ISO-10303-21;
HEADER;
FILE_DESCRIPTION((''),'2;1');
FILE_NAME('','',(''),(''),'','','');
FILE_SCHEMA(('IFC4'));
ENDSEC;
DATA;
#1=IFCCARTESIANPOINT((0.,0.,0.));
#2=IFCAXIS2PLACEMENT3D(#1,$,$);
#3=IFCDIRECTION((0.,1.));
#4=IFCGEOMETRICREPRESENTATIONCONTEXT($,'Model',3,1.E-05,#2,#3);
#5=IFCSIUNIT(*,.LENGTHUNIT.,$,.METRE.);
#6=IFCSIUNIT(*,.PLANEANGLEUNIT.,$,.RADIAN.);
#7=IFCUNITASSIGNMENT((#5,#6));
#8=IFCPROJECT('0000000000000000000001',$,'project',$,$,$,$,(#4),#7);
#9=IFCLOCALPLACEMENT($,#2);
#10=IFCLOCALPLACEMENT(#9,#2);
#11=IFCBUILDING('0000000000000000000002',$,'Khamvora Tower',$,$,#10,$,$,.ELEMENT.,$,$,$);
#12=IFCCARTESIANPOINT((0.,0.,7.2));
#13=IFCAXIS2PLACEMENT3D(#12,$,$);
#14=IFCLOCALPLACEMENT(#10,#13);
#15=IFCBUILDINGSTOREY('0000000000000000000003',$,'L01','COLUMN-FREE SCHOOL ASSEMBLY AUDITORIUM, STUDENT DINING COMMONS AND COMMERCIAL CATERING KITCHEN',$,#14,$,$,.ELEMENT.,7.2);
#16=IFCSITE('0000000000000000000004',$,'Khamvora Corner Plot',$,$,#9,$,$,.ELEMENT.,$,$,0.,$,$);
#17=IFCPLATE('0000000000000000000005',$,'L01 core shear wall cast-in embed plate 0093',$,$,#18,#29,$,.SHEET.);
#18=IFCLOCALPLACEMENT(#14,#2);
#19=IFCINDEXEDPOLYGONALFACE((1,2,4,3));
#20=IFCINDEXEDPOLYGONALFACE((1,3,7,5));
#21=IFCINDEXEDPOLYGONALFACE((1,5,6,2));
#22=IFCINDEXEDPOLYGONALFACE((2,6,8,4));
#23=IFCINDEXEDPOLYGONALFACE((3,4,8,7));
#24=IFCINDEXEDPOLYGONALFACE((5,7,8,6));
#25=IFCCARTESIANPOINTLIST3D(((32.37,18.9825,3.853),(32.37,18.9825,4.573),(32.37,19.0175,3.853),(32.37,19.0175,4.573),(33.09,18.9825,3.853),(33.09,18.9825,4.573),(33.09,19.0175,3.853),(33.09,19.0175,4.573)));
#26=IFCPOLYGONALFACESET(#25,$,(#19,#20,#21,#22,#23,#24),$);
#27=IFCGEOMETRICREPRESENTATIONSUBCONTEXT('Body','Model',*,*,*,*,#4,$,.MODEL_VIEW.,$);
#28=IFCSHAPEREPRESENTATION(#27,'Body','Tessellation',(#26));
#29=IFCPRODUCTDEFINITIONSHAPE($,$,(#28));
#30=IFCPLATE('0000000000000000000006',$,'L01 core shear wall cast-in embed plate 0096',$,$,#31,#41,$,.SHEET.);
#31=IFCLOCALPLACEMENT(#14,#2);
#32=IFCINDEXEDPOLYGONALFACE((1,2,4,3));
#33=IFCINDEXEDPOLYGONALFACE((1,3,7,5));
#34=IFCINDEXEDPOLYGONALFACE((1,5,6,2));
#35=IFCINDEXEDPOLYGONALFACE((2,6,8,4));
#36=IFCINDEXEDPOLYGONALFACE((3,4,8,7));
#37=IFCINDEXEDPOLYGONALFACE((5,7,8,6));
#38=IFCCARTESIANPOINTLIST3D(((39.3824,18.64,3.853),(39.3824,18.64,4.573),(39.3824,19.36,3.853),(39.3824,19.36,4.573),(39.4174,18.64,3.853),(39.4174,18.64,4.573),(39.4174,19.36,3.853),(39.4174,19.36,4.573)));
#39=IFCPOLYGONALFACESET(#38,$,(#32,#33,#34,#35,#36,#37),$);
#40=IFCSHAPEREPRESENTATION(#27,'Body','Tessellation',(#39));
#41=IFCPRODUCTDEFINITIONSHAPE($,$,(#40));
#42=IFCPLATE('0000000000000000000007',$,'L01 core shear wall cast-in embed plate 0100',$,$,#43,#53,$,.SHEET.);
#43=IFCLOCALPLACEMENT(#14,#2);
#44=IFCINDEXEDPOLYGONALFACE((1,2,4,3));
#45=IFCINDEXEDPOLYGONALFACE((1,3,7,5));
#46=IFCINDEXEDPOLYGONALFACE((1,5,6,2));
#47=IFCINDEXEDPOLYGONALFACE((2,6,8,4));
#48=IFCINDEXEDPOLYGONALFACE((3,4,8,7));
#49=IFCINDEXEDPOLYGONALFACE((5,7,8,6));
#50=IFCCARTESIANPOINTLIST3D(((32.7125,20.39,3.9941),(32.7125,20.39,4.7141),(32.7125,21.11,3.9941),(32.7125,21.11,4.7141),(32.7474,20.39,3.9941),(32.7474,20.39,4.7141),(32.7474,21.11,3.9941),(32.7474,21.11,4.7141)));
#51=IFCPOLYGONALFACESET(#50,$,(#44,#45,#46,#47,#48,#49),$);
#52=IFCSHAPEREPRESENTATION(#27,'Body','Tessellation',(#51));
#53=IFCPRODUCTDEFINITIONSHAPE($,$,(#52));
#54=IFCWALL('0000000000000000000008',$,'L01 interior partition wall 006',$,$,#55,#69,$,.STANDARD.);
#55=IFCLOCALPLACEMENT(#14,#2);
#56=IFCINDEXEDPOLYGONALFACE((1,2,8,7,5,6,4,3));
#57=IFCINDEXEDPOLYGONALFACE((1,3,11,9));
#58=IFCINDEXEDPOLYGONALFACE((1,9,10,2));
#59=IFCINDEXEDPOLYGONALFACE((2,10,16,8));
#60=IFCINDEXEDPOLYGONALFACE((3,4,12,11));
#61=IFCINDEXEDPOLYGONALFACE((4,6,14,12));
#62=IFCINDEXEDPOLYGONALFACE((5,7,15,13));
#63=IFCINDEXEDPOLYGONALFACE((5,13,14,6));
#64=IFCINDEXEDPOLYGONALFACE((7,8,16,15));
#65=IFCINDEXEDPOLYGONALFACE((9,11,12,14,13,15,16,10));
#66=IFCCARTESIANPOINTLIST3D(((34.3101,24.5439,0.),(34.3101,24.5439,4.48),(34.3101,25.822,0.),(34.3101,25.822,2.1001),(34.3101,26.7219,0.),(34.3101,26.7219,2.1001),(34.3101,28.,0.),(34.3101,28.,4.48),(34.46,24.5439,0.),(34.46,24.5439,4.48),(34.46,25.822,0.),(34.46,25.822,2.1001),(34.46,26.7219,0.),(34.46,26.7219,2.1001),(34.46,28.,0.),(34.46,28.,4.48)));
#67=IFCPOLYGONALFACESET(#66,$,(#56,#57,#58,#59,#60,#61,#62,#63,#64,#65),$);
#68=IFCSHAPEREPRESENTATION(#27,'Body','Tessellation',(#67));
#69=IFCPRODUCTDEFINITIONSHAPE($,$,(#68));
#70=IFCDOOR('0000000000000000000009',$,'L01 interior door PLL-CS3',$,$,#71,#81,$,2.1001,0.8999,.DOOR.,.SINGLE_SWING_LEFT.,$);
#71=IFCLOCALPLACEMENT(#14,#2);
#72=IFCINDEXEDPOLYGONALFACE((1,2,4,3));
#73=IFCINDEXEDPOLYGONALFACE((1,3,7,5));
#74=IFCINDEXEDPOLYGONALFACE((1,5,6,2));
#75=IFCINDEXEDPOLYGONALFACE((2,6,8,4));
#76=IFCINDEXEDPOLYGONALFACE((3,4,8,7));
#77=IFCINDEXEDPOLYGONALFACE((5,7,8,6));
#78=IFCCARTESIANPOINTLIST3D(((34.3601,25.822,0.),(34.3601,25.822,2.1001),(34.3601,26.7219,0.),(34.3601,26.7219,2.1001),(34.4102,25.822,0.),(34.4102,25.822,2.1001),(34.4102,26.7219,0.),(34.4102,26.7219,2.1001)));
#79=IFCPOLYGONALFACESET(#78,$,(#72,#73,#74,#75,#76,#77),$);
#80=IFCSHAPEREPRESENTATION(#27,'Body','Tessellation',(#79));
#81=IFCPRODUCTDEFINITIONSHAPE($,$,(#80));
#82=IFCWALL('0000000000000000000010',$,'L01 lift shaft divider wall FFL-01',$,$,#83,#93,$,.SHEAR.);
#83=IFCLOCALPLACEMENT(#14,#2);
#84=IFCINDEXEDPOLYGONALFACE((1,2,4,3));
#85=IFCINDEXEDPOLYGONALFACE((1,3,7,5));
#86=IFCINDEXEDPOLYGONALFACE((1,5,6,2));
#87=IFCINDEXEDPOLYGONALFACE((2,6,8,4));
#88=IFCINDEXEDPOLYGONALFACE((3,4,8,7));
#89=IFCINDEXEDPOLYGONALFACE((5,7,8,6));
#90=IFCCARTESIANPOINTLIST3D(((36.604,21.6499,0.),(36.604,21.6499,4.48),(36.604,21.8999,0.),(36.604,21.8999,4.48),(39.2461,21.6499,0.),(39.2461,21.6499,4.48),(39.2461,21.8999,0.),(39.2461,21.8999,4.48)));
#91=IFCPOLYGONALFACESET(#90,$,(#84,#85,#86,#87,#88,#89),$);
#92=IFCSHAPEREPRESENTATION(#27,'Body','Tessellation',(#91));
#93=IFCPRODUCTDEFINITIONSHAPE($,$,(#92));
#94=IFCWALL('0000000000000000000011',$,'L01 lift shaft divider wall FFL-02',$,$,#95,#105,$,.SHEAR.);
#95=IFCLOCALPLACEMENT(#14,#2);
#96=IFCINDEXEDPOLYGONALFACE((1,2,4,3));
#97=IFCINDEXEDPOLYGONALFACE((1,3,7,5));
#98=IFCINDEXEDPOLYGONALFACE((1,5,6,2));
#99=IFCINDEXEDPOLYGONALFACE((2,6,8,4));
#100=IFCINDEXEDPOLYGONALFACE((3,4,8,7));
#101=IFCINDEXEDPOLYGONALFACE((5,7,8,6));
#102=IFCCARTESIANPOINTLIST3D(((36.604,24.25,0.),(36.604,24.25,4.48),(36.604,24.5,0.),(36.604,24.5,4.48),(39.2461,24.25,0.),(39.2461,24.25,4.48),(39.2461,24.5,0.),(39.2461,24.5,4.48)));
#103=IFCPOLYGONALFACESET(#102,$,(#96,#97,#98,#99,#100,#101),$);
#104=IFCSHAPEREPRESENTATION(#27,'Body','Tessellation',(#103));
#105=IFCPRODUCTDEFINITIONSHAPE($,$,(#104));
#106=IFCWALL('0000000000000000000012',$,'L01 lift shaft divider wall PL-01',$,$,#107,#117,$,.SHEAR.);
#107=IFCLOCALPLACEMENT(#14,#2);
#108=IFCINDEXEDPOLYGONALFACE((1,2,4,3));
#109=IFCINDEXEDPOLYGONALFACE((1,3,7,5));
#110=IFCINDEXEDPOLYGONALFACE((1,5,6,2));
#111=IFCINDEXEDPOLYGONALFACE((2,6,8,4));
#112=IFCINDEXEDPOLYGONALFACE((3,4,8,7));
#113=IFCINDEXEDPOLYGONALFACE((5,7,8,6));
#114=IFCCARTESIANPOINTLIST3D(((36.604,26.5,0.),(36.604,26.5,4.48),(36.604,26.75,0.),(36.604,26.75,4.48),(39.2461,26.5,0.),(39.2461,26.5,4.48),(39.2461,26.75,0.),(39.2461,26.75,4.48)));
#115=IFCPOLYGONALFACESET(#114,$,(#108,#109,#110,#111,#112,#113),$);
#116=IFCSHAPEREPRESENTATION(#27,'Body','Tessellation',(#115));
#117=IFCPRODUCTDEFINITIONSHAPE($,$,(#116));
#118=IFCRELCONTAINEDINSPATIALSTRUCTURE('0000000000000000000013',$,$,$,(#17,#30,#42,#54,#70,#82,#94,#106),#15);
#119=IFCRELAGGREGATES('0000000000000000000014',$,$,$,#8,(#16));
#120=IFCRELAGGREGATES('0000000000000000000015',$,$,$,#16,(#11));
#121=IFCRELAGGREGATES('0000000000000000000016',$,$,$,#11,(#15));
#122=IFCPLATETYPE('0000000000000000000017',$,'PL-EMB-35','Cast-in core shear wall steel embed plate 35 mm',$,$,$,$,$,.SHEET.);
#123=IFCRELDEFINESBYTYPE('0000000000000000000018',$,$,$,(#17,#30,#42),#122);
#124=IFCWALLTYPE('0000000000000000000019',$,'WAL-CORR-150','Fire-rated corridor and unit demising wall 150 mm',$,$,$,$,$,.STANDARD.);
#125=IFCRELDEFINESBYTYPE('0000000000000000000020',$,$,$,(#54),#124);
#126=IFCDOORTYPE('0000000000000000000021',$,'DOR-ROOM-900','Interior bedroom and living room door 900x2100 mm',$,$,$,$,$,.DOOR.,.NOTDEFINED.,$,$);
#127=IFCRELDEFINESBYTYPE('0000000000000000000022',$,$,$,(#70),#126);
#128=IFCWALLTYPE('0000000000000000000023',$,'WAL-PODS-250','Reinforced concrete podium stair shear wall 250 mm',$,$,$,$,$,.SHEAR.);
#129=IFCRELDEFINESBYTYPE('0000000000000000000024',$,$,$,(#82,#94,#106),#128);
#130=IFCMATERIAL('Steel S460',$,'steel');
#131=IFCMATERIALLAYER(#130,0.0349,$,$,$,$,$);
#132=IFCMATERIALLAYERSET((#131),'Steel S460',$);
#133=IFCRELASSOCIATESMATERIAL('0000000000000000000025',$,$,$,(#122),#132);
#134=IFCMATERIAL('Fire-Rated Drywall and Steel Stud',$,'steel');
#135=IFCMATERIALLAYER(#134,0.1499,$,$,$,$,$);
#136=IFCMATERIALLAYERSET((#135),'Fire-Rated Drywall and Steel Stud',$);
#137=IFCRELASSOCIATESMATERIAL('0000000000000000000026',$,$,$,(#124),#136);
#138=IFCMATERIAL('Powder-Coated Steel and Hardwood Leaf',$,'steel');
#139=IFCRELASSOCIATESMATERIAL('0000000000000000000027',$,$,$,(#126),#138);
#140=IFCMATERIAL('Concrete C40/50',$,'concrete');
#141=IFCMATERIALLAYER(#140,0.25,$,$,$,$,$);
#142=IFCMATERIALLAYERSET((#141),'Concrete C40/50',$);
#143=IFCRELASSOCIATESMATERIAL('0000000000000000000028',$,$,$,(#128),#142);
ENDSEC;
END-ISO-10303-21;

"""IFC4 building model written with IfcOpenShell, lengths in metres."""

from ifc_helpers import new_model, si_unit, direction, frame, frame_2d, origin, origin_2d, place, context, subcontext, project, spatial, rectangle, extrude, material, layer, layer_set, type_object, element, fill, save


model = new_model("IFC4")

# Units and contexts
model_context = context("Model", 3, precision=1e-05, world=origin(), true_north=direction((0.0, 1.0)))
body_context = subcontext(model_context, "Body", "Model", "MODEL_VIEW")
ifc_project = project(units=[si_unit("LENGTHUNIT", "METRE"), si_unit("PLANEANGLEUNIT", "RADIAN")], contexts=[model_context])

# Site, building, storey
site_placement = place(None, origin())
site = spatial("IfcSite", under=ifc_project, at=site_placement, Name="Khamvora Corner Plot", CompositionType="ELEMENT", RefElevation=0.0)
building_placement = place(site_placement, origin())
building = spatial("IfcBuilding", under=site, at=building_placement, Name="Khamvora Tower", CompositionType="ELEMENT")
storey_placement = place(building_placement, frame((0.0, 0.0, 7.2)))
storey = spatial("IfcBuildingStorey", under=building, at=storey_placement, Name="L01", Description="COLUMN-FREE SCHOOL ASSEMBLY AUDITORIUM, STUDENT DINING COMMONS AND COMMERCIAL CATERING KITCHEN", CompositionType="ELEMENT", Elevation=7.2)

# Shared definitions
ifc_material_1 = material(Name="Steel S460", Category="steel")

# Plates
ifc_layer_1 = layer(ifc_material_1, 0.0349)
ifc_layer_set_1 = layer_set([ifc_layer_1], Name="Steel S460")
plate_type = type_object("IfcPlateType", Name="PL-EMB-35", Description="Cast-in core shear wall steel embed plate 35 mm", PredefinedType="SHEET", material=ifc_layer_set_1)
plate_1_placement = place(storey_placement, frame((32.73, 19.0, 3.853), z_axis=(0.0, 0.0, 1.0), x_axis=(1.0, 0.0, 0.0)))
element("IfcPlate", 1, at=plate_1_placement, inside=storey, type_object=plate_type, Name="L01 core shear wall cast-in embed plate 0093", PredefinedType="SHEET", context=body_context, shape_type="SweptSolid", body=[
    extrude(rectangle(XDim=0.72, YDim=0.0349, at=origin_2d()), origin(), (0.0, 0.0, 1.0), 0.72),
])
for number, where, z_axis, x_axis, name in (
    (2, (39.3999, 19.0, 3.853), (0.0, 0.0, 1.0), (1.0, 0.0, 0.0), "L01 core shear wall cast-in embed plate 0096"),
    (3, (32.73, 20.75, 3.9941), (0.0, 0.0, 1.0), (1.0, 0.0, 0.0), "L01 core shear wall cast-in embed plate 0100"),
):
    element("IfcPlate", number, at=place(storey_placement, frame(where, z_axis=z_axis, x_axis=x_axis)), inside=storey, type_object=plate_type, Name=name, PredefinedType="SHEET", context=body_context, shape_type="SweptSolid", body=[
        extrude(rectangle(XDim=0.0349, YDim=0.72, at=origin_2d()), origin(), (0.0, 0.0, 1.0), 0.72),
    ])

# Shared definitions
ifc_material_2 = material(Name="Powder-Coated Steel and Hardwood Leaf", Category="steel")

# Wall, opening, door
ifc_material_3 = material(Name="Fire-Rated Drywall and Steel Stud", Category="steel")
ifc_layer_2 = layer(ifc_material_3, 0.1499)
ifc_layer_set_2 = layer_set([ifc_layer_2], Name="Fire-Rated Drywall and Steel Stud")
wall_type_1 = type_object("IfcWallType", Name="WAL-CORR-150", Description="Fire-rated corridor and unit demising wall 150 mm", PredefinedType="STANDARD", material=ifc_layer_set_2)
wall_1_placement = place(storey_placement, frame((34.385, 24.5439, 0.0), z_axis=(0.0, 0.0, 1.0), x_axis=(0.0, 1.0, 0.0)))
wall_1 = element("IfcWall", 4, at=wall_1_placement, inside=storey, type_object=wall_type_1, Name="L01 interior partition wall 006", PredefinedType="STANDARD", context=body_context, shape_type="SweptSolid", body=[
    extrude(rectangle(XDim=3.4561, YDim=0.1499, at=frame_2d((1.728, 0.0))), origin(), (0.0, 0.0, 1.0), 4.48),
])
opening_1_placement = place(wall_1_placement, frame((1.2781, 0.0, 0.0)))
opening_1 = element("IfcOpeningElement", 5, at=opening_1_placement, cuts=wall_1, PredefinedType="OPENING", context=body_context, shape_type="SweptSolid", body=[
    extrude(rectangle(XDim=0.8999, YDim=2.1001, at=frame_2d((0.45, 1.05))), frame((0.0, 0.085, 0.0), z_axis=(0.0, -1.0, 0.0), x_axis=(1.0, 0.0, 0.0)), (0.0, 0.0, 1.0), 0.1699),
])
door_type_1 = type_object("IfcDoorType", Name="DOR-ROOM-900", Description="Interior bedroom and living room door 900x2100 mm", OperationType="NOTDEFINED", PredefinedType="DOOR", material=ifc_material_2)
door_1_placement = place(opening_1_placement, origin())
door_1 = element("IfcDoor", 6, at=door_1_placement, inside=storey, type_object=door_type_1, Name="L01 interior door PLL-CS3", OperationType="SINGLE_SWING_LEFT", OverallHeight=2.1001, OverallWidth=0.8999, PredefinedType="DOOR", context=body_context, shape_type="SweptSolid", body=[
    extrude(rectangle(XDim=0.8999, YDim=2.1001, at=frame_2d((0.45, 1.05))), frame((0.0, 0.0249, 0.0), z_axis=(0.0, -1.0, 0.0), x_axis=(1.0, 0.0, 0.0)), (0.0, 0.0, 1.0), 0.05),
])
fill(opening_1, door_1)

# Walls
ifc_material_4 = material(Name="Concrete C40/50", Category="concrete")
ifc_layer_3 = layer(ifc_material_4, 0.25)
ifc_layer_set_3 = layer_set([ifc_layer_3], Name="Concrete C40/50")
wall_type_2 = type_object("IfcWallType", Name="WAL-PODS-250", Description="Reinforced concrete podium stair shear wall 250 mm", PredefinedType="SHEAR", material=ifc_layer_set_3)
for number, where, z_axis, x_axis, name in (
    (7, (36.604, 21.7749, 0.0), (0.0, 0.0, 1.0), (1.0, 0.0, 0.0), "L01 lift shaft divider wall FFL-01"),
    (8, (36.604, 24.375, 0.0), (0.0, 0.0, 1.0), (1.0, 0.0, 0.0), "L01 lift shaft divider wall FFL-02"),
    (9, (36.604, 26.625, 0.0), (0.0, 0.0, 1.0), (1.0, 0.0, 0.0), "L01 lift shaft divider wall PL-01"),
):
    element("IfcWall", number, at=place(storey_placement, frame(where, z_axis=z_axis, x_axis=x_axis)), inside=storey, type_object=wall_type_2, Name=name, PredefinedType="SHEAR", context=body_context, shape_type="SweptSolid", body=[
        extrude(rectangle(XDim=2.6421, YDim=0.25, at=frame_2d((1.321, 0.0))), origin(), (0.0, 0.0, 1.0), 4.48),
    ])

save(model, "model.ifc")
